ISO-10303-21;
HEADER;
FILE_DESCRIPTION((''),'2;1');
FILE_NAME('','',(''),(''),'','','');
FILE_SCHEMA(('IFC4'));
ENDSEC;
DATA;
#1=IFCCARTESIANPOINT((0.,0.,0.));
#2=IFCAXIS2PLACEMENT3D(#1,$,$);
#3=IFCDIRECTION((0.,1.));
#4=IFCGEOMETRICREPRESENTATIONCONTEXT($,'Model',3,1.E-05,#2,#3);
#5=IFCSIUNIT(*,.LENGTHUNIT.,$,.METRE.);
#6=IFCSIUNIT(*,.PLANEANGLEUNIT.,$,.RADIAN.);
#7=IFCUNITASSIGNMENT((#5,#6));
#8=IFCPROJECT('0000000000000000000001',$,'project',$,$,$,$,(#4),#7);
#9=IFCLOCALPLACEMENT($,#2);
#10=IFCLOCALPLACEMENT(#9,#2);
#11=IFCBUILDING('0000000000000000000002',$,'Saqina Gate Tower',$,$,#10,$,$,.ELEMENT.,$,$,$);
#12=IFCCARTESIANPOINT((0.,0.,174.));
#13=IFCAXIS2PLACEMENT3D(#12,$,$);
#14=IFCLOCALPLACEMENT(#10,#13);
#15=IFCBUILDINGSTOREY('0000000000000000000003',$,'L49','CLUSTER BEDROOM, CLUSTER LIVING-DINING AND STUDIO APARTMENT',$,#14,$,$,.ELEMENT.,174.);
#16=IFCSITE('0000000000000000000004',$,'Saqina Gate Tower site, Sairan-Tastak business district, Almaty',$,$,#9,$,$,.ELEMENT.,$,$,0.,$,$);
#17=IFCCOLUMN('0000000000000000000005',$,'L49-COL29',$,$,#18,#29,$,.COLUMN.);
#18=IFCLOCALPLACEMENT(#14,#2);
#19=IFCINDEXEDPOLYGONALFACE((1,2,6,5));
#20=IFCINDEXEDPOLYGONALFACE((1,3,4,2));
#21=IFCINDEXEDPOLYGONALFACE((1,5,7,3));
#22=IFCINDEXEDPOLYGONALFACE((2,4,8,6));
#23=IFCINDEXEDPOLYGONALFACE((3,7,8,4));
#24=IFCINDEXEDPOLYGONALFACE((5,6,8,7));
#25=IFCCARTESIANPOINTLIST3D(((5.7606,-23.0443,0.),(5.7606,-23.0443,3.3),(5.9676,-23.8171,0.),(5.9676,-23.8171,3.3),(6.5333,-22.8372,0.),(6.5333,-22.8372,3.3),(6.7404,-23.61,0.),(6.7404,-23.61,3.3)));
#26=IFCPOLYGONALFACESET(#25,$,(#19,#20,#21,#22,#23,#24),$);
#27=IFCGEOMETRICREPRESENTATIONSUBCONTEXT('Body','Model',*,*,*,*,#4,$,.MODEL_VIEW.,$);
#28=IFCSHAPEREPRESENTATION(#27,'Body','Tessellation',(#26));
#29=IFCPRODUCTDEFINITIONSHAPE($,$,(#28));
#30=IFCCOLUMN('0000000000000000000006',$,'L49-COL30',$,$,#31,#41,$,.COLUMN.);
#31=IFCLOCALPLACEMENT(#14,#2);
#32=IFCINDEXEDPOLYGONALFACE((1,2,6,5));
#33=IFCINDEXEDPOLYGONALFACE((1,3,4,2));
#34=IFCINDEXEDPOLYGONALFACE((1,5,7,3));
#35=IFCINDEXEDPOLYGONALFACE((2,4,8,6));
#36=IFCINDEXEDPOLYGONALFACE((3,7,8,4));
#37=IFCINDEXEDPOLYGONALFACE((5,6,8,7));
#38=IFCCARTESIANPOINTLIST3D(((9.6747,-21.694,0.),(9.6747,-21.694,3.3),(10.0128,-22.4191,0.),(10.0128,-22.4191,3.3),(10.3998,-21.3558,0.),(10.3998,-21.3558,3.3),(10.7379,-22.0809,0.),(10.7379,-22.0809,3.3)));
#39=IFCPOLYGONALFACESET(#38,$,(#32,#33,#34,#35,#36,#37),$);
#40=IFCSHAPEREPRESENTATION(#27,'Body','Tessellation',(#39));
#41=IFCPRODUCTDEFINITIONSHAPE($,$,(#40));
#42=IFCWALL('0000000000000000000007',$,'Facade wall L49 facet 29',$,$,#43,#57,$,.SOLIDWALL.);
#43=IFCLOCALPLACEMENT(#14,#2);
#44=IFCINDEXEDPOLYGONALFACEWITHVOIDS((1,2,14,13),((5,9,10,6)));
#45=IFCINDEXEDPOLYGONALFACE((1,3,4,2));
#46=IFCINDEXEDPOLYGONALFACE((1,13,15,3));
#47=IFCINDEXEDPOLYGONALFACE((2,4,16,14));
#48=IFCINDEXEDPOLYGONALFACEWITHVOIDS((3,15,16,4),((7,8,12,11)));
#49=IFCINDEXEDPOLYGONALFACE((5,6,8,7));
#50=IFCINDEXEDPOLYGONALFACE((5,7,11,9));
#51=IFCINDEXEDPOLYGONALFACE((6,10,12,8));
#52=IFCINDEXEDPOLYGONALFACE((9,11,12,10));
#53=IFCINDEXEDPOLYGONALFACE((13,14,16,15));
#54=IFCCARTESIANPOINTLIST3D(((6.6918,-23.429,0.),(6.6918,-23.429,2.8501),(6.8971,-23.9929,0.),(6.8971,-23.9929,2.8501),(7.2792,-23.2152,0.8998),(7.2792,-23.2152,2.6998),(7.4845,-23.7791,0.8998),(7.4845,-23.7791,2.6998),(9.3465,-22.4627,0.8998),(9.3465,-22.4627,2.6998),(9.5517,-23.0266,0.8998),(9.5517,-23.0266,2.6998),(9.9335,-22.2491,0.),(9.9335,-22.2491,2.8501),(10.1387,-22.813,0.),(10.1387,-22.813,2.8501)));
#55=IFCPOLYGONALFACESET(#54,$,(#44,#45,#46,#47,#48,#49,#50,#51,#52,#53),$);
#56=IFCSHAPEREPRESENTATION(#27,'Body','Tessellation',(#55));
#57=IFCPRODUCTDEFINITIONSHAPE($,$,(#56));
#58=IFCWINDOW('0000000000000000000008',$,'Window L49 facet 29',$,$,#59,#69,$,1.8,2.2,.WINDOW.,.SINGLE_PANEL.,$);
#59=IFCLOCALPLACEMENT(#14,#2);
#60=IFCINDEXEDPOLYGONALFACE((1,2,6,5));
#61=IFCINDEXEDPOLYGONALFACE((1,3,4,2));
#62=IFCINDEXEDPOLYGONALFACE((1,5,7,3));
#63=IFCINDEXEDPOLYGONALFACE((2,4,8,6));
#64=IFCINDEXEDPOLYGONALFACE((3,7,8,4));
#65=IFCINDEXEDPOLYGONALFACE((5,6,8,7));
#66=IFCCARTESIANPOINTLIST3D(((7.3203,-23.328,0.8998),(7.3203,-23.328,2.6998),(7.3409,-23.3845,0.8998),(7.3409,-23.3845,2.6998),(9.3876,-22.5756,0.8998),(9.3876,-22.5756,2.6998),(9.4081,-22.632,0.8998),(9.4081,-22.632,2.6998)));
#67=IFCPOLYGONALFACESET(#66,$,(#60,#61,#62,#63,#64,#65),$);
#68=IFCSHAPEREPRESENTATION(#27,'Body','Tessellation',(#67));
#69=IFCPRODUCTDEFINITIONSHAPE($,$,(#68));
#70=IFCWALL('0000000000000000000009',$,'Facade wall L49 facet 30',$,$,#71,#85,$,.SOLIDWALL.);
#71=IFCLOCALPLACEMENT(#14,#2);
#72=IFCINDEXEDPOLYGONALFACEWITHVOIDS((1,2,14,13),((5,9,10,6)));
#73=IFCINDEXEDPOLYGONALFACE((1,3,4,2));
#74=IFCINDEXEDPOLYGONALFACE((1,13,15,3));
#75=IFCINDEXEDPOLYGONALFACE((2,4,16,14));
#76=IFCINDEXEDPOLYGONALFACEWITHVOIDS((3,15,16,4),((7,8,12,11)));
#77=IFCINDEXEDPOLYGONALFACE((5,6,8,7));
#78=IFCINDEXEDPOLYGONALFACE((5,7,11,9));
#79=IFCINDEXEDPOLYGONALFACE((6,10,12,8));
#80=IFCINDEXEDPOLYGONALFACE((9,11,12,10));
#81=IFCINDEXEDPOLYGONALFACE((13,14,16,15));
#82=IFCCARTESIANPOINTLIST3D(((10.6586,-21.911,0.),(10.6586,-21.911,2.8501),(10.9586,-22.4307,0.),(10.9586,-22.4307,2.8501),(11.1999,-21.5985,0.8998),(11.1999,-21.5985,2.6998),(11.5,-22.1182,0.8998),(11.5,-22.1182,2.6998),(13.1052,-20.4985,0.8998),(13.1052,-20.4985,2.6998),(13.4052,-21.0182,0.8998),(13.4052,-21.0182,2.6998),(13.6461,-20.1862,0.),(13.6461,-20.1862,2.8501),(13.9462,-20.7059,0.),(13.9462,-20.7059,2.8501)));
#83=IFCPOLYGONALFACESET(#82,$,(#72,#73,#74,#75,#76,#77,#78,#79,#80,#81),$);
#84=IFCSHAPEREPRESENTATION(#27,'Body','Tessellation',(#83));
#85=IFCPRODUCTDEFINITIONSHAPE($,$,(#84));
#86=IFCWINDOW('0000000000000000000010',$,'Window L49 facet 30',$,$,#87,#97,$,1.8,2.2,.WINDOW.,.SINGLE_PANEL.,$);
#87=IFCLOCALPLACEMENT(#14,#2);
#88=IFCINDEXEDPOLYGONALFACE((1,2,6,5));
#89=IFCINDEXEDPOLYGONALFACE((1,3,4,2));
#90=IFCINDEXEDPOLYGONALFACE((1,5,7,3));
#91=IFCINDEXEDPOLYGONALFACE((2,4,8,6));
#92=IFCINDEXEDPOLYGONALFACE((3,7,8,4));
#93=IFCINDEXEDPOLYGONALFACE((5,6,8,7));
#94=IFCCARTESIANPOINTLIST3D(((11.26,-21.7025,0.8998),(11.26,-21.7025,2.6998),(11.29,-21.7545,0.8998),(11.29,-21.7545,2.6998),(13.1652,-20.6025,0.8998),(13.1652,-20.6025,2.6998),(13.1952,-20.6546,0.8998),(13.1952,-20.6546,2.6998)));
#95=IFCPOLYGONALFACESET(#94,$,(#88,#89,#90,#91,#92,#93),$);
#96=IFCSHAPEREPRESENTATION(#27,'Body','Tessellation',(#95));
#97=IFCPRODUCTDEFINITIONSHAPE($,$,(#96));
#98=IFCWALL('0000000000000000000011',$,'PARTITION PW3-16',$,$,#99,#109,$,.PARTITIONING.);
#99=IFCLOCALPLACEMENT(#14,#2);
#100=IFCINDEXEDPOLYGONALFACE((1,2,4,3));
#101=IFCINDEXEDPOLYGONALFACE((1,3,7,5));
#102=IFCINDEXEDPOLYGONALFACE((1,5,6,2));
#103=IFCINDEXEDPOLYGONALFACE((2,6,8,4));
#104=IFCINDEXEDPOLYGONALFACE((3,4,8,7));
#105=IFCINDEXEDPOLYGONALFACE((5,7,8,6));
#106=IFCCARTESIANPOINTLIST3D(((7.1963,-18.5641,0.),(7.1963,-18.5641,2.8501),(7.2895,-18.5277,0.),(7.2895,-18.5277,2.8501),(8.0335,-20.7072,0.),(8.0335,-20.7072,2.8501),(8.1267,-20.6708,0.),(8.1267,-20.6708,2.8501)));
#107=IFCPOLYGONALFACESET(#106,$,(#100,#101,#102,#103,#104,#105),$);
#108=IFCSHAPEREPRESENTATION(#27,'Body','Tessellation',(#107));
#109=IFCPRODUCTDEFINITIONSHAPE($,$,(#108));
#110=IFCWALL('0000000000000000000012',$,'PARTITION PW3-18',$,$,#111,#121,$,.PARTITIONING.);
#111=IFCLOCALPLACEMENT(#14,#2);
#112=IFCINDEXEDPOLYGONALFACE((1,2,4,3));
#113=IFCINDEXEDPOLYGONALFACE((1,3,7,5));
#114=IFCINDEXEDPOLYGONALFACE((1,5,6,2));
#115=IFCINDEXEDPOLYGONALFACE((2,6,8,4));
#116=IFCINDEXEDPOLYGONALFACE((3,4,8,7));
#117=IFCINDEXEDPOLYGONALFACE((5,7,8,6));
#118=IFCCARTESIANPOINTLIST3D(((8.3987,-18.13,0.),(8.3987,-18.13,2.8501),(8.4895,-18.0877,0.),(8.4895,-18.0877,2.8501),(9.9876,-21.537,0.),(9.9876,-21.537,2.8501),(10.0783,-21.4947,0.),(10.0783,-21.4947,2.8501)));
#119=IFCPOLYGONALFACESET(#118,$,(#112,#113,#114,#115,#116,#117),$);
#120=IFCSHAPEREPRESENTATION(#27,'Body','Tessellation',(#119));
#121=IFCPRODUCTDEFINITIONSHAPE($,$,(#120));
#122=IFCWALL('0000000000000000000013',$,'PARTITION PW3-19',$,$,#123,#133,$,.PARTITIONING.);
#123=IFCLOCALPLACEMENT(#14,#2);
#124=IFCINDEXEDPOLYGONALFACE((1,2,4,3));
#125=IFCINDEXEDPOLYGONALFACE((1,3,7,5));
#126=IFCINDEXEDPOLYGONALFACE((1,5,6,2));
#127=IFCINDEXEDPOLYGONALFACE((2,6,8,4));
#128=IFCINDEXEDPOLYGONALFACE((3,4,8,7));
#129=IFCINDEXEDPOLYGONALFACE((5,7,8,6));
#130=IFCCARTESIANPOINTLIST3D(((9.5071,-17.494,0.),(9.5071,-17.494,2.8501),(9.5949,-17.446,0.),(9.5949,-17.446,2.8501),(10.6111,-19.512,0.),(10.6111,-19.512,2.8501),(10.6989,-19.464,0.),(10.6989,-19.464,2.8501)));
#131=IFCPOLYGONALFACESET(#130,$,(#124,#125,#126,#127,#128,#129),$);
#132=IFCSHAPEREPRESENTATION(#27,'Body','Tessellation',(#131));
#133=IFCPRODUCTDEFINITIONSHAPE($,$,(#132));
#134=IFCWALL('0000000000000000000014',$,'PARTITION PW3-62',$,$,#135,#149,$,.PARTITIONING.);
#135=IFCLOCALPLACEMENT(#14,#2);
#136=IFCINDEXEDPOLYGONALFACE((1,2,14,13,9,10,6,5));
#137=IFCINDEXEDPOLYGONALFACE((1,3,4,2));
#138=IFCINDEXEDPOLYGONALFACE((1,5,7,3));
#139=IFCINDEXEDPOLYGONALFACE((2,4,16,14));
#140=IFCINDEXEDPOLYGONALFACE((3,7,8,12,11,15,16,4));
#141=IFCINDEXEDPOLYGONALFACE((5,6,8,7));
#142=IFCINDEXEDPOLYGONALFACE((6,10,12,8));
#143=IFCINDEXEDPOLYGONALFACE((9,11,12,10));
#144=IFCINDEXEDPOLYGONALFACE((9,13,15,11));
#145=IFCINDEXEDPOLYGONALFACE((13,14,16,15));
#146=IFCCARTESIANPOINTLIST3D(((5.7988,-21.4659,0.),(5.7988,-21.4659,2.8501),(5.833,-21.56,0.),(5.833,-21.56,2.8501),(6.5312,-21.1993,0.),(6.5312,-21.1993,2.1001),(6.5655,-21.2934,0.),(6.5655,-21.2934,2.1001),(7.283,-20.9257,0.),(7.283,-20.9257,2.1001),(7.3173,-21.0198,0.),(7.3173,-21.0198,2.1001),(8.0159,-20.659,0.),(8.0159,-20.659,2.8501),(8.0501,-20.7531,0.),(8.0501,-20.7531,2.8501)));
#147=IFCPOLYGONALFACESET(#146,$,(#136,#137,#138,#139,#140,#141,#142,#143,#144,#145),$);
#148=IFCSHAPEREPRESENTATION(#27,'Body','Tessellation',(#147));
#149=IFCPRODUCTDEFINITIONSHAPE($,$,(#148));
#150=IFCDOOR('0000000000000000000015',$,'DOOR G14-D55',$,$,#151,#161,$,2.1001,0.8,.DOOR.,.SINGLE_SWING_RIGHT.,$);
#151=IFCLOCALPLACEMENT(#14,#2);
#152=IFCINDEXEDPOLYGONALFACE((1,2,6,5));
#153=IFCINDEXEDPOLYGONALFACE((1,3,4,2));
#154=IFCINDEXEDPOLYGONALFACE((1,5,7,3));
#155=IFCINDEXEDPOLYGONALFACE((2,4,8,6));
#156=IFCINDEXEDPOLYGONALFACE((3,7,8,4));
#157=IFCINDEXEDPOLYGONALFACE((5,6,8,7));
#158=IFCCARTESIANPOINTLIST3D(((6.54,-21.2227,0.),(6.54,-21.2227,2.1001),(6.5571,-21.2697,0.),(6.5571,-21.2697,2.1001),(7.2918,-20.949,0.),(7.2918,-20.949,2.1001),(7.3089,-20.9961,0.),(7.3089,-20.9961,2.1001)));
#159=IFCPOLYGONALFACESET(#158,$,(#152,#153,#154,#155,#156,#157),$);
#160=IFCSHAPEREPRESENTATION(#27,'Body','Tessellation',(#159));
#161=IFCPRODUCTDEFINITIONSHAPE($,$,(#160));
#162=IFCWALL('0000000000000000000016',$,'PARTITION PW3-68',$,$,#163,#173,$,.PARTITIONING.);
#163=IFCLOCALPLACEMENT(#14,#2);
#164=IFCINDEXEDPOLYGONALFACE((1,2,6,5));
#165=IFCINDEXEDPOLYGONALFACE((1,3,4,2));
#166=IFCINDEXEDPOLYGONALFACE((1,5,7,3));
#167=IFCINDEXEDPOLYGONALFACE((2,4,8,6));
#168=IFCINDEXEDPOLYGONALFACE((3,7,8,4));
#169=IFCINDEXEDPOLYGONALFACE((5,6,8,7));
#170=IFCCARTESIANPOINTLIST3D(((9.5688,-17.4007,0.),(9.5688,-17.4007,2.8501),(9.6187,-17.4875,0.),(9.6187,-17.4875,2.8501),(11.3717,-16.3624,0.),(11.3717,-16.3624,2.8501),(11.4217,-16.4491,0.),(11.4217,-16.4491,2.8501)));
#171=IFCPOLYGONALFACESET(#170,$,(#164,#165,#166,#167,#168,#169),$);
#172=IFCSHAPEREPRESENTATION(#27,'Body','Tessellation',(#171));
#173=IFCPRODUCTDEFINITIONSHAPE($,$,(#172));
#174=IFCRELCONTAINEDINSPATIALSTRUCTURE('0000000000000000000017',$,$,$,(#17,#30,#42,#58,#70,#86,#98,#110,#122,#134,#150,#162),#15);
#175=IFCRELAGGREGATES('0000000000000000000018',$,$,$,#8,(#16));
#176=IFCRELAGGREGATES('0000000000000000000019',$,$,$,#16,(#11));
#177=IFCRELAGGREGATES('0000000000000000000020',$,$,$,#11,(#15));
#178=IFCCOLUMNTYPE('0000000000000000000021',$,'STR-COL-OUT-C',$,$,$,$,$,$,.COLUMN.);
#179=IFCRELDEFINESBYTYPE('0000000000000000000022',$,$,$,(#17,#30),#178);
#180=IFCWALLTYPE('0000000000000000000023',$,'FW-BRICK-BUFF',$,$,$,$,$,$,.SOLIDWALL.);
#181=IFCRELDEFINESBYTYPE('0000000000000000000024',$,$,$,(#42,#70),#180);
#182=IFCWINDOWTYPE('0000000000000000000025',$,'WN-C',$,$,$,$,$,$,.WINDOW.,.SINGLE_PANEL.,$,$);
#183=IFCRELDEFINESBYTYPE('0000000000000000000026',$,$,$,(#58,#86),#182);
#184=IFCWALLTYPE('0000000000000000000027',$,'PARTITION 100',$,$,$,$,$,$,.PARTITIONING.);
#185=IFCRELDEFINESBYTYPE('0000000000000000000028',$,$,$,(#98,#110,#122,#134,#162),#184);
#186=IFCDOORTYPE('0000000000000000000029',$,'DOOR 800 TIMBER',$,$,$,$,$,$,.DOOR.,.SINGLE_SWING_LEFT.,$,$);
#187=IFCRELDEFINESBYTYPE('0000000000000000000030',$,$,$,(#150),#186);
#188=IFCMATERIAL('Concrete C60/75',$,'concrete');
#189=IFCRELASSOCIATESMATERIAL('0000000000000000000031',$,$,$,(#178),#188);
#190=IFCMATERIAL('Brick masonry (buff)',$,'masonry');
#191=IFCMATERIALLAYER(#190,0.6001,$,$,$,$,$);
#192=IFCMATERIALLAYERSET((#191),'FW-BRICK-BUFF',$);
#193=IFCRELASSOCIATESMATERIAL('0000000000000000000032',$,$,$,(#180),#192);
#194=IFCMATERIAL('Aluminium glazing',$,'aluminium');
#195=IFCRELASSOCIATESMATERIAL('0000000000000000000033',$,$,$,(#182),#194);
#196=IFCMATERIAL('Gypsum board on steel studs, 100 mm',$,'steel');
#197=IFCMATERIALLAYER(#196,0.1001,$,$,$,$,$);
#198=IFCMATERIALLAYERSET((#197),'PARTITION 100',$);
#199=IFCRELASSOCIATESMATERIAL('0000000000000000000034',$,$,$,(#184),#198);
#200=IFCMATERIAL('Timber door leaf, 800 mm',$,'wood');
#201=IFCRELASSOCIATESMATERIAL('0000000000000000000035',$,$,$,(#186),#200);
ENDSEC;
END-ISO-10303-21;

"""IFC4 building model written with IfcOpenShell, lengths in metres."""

from ifc_helpers import new_model, si_unit, direction, frame, frame_2d, origin, origin_2d, place, context, subcontext, project, spatial, rectangle, extrude, material, layer, layer_set, material_profile, profile_set, type_object, element, fill, save


model = new_model("IFC4")

# Units and contexts
model_context = context("Model", 3, precision=1e-05, world=origin(), true_north=direction((0.0, 1.0)))
body_context = subcontext(model_context, "Body", "Model", "MODEL_VIEW")
ifc_project = project(units=[si_unit("LENGTHUNIT", "METRE"), si_unit("PLANEANGLEUNIT", "RADIAN")], contexts=[model_context])

# Site, building, storey
site_placement = place(None, origin())
site = spatial("IfcSite", under=ifc_project, at=site_placement, Name="Saqina Gate Tower site, Sairan-Tastak business district, Almaty", CompositionType="ELEMENT", RefElevation=0.0)
building_placement = place(site_placement, origin())
building = spatial("IfcBuilding", under=site, at=building_placement, Name="Saqina Gate Tower", CompositionType="ELEMENT")
storey_placement = place(building_placement, frame((0.0, 0.0, 174.0)))
storey = spatial("IfcBuildingStorey", under=building, at=storey_placement, Name="L49", Description="CLUSTER BEDROOM, CLUSTER LIVING-DINING AND STUDIO APARTMENT", CompositionType="ELEMENT", Elevation=174.0)

# Columns
ifc_material_1 = material(Name="Concrete C60/75", Category="concrete")
ifc_material_profile = material_profile(ifc_material_1, rectangle(XDim=0.8, YDim=0.8, at=origin_2d()), Name="RC 800x800")
ifc_profile_set = profile_set([ifc_material_profile], Name="Concrete C60/75")
column_type = type_object("IfcColumnType", Name="STR-COL-OUT-C", PredefinedType="COLUMN", material=ifc_profile_set)
for number, where, z_axis, x_axis, name in (
    (1, (6.2505, -23.3271, 0.0), (0.0, 0.0, 1.0), (0.258819, -0.965926, 0.0), "L49-COL29"),
    (2, (10.2063, -21.8875, 0.0), (0.0, 0.0, 1.0), (0.422618, -0.906308, 0.0), "L49-COL30"),
):
    element("IfcColumn", number, at=place(storey_placement, frame(where, z_axis=z_axis, x_axis=x_axis)), inside=storey, type_object=column_type, Name=name, PredefinedType="COLUMN", context=body_context, shape_type="SweptSolid", body=[
        extrude(rectangle(XDim=0.8, YDim=0.8, at=origin_2d()), origin(), (0.0, 0.0, 1.0), 3.3),
    ])

# Walls, openings, windows
ifc_material_2 = material(Name="Brick masonry (buff)", Category="masonry")
ifc_layer_1 = layer(ifc_material_2, 0.6001)
ifc_layer_set_1 = layer_set([ifc_layer_1], Name="FW-BRICK-BUFF")
wall_type_1 = type_object("IfcWallType", Name="FW-BRICK-BUFF", PredefinedType="SOLIDWALL", material=ifc_layer_set_1)
wall_1_placement = place(storey_placement, frame((6.7944, -23.7109, 0.0), z_axis=(0.0, 0.0, 1.0), x_axis=(0.939688, 0.342033, 0.0)))
wall_1 = element("IfcWall", 3, at=wall_1_placement, inside=storey, type_object=wall_type_1, Name="Facade wall L49 facet 29", PredefinedType="SOLIDWALL", context=body_context, shape_type="SweptSolid", body=[
    extrude(rectangle(XDim=3.4497, YDim=0.6001, at=frame_2d((1.7249, 0.0))), origin(), (0.0, 0.0, 1.0), 2.8501),
])
opening_1_placement = place(wall_1_placement, frame((0.625, 0.0, 0.8999)))
opening_1 = element("IfcOpeningElement", 4, at=opening_1_placement, cuts=wall_1, PredefinedType="OPENING", context=body_context, shape_type="SweptSolid", body=[
    extrude(rectangle(XDim=2.2, YDim=1.8, at=frame_2d((1.1001, 0.8999))), frame((0.0, 0.312, 0.0), z_axis=(0.0, -1.0, 0.0), x_axis=(1.0, 0.0, 0.0)), (0.0, 0.0, 1.0), 0.624),
])
ifc_material_3 = material(Name="Aluminium glazing", Category="aluminium")
window_type = type_object("IfcWindowType", Name="WN-C", PartitioningType="SINGLE_PANEL", PredefinedType="WINDOW", material=ifc_material_3)
window_1_placement = place(opening_1_placement, origin())
window_1 = element("IfcWindow", 5, at=window_1_placement, inside=storey, type_object=window_type, Name="Window L49 facet 29", OverallHeight=1.8, OverallWidth=2.2, PartitioningType="SINGLE_PANEL", PredefinedType="WINDOW", context=body_context, shape_type="SweptSolid", body=[
    extrude(rectangle(XDim=2.2, YDim=1.8, at=frame_2d((1.1001, 0.8999))), frame((0.0, 0.1799, 0.0), z_axis=(0.0, -1.0, 0.0), x_axis=(1.0, 0.0, 0.0)), (0.0, 0.0, 1.0), 0.0601),
])
fill(opening_1, window_1)
wall_2_placement = place(storey_placement, frame((10.8086, -22.1709, 0.0), z_axis=(0.0, 0.0, 1.0), x_axis=(0.866026, 0.499998, 0.0)))
wall_2 = element("IfcWall", 6, at=wall_2_placement, inside=storey, type_object=wall_type_1, Name="Facade wall L49 facet 30", PredefinedType="SOLIDWALL", context=body_context, shape_type="SweptSolid", body=[
    extrude(rectangle(XDim=3.4497, YDim=0.6001, at=frame_2d((1.7249, 0.0))), origin(), (0.0, 0.0, 1.0), 2.8501),
])
opening_2_placement = place(wall_2_placement, frame((0.625, 0.0, 0.8999)))
opening_2 = element("IfcOpeningElement", 7, at=opening_2_placement, cuts=wall_2, PredefinedType="OPENING", context=body_context, shape_type="SweptSolid", body=[
    extrude(rectangle(XDim=2.2, YDim=1.8, at=frame_2d((1.1001, 0.8999))), frame((0.0, 0.312, 0.0), z_axis=(0.0, -1.0, 0.0), x_axis=(1.0, 0.0, 0.0)), (0.0, 0.0, 1.0), 0.624),
])
window_2_placement = place(opening_2_placement, origin())
window_2 = element("IfcWindow", 8, at=window_2_placement, inside=storey, type_object=window_type, Name="Window L49 facet 30", OverallHeight=1.8, OverallWidth=2.2, PartitioningType="SINGLE_PANEL", PredefinedType="WINDOW", context=body_context, shape_type="SweptSolid", body=[
    extrude(rectangle(XDim=2.2, YDim=1.8, at=frame_2d((1.1001, 0.8999))), frame((0.0, 0.1799, 0.0), z_axis=(0.0, -1.0, 0.0), x_axis=(1.0, 0.0, 0.0)), (0.0, 0.0, 1.0), 0.0601),
])
fill(opening_2, window_2)

# Walls
ifc_material_4 = material(Name="Gypsum board on steel studs, 100 mm", Category="steel")
ifc_layer_2 = layer(ifc_material_4, 0.1001)
ifc_layer_set_2 = layer_set([ifc_layer_2], Name="PARTITION 100")
wall_type_2 = type_object("IfcWallType", Name="PARTITION 100", PredefinedType="PARTITIONING", material=ifc_layer_set_2)
wall_3_placement = place(storey_placement, frame((7.2429, -18.5459, 0.0), z_axis=(0.0, 0.0, 1.0), x_axis=(0.363859, -0.931454, 0.0)))
element("IfcWall", 9, at=wall_3_placement, inside=storey, type_object=wall_type_2, Name="PARTITION PW3-16", PredefinedType="PARTITIONING", context=body_context, shape_type="SweptSolid", body=[
    extrude(rectangle(XDim=2.3008, YDim=0.1001, at=frame_2d((1.1504, 0.0))), origin(), (0.0, 0.0, 1.0), 2.8501),
])
wall_4_placement = place(storey_placement, frame((8.4441, -18.1089, 0.0), z_axis=(0.0, 0.0, 1.0), x_axis=(0.422654, -0.906291, 0.0)))
element("IfcWall", 10, at=wall_4_placement, inside=storey, type_object=wall_type_2, Name="PARTITION PW3-18", PredefinedType="PARTITIONING", context=body_context, shape_type="SweptSolid", body=[
    extrude(rectangle(XDim=3.7593, YDim=0.1001, at=frame_2d((1.8796, 0.0))), origin(), (0.0, 0.0, 1.0), 2.8501),
])
wall_5_placement = place(storey_placement, frame((9.551, -17.47, 0.0), z_axis=(0.0, 0.0, 1.0), x_axis=(0.479937, -0.877303, 0.0)))
element("IfcWall", 11, at=wall_5_placement, inside=storey, type_object=wall_type_2, Name="PARTITION PW3-19", PredefinedType="PARTITIONING", context=body_context, shape_type="SweptSolid", body=[
    extrude(rectangle(XDim=2.3003, YDim=0.1001, at=frame_2d((1.1501, 0.0))), origin(), (0.0, 0.0, 1.0), 2.8501),
])

# Wall, opening, door
wall_6_placement = place(storey_placement, frame((5.8159, -21.5129, 0.0), z_axis=(0.0, 0.0, 1.0), x_axis=(0.9397, 0.342001, 0.0)))
wall_6 = element("IfcWall", 12, at=wall_6_placement, inside=storey, type_object=wall_type_2, Name="PARTITION PW3-62", PredefinedType="PARTITIONING", context=body_context, shape_type="SweptSolid", body=[
    extrude(rectangle(XDim=2.3594, YDim=0.1001, at=frame_2d((1.1797, 0.0))), origin(), (0.0, 0.0, 1.0), 2.8501),
])
opening_3_placement = place(wall_6_placement, frame((0.7795, 0.0, 0.0)))
opening_3 = element("IfcOpeningElement", 13, at=opening_3_placement, cuts=wall_6, PredefinedType="OPENING", context=body_context, shape_type="SweptSolid", body=[
    extrude(rectangle(XDim=0.8, YDim=2.1001, at=frame_2d((0.3999, 1.05))), frame((0.0, 0.062, 0.0), z_axis=(0.0, -1.0, 0.0), x_axis=(1.0, 0.0, 0.0)), (0.0, 0.0, 1.0), 0.124),
])
ifc_material_5 = material(Name="Timber door leaf, 800 mm", Category="wood")
door_type_1 = type_object("IfcDoorType", Name="DOOR 800 TIMBER", OperationType="SINGLE_SWING_LEFT", PredefinedType="DOOR", material=ifc_material_5)
door_1_placement = place(opening_3_placement, frame((0.8, 0.0, 0.0), z_axis=(0.0, 0.0, 1.0), x_axis=(-1.0, 0.0, 0.0)))
door_1 = element("IfcDoor", 14, at=door_1_placement, inside=storey, type_object=door_type_1, Name="DOOR G14-D55", OperationType="SINGLE_SWING_RIGHT", OverallHeight=2.1001, OverallWidth=0.8, PredefinedType="DOOR", context=body_context, shape_type="SweptSolid", body=[
    extrude(rectangle(XDim=0.8, YDim=2.1001, at=frame_2d((0.3999, 1.05))), frame((0.0, 0.0249, 0.0), z_axis=(0.0, -1.0, 0.0), x_axis=(1.0, 0.0, 0.0)), (0.0, 0.0, 1.0), 0.05),
])
fill(opening_3, door_1)

# Wall
wall_7_placement = place(storey_placement, frame((9.5938, -17.4441, 0.0), z_axis=(0.0, 0.0, 1.0), x_axis=(0.86657, 0.499055, 0.0)))
element("IfcWall", 15, at=wall_7_placement, inside=storey, type_object=wall_type_2, Name="PARTITION PW3-68", PredefinedType="PARTITIONING", context=body_context, shape_type="SweptSolid", body=[
    extrude(rectangle(XDim=2.0806, YDim=0.1001, at=frame_2d((1.0403, 0.0))), origin(), (0.0, 0.0, 1.0), 2.8501),
])

save(model, "model.ifc")
